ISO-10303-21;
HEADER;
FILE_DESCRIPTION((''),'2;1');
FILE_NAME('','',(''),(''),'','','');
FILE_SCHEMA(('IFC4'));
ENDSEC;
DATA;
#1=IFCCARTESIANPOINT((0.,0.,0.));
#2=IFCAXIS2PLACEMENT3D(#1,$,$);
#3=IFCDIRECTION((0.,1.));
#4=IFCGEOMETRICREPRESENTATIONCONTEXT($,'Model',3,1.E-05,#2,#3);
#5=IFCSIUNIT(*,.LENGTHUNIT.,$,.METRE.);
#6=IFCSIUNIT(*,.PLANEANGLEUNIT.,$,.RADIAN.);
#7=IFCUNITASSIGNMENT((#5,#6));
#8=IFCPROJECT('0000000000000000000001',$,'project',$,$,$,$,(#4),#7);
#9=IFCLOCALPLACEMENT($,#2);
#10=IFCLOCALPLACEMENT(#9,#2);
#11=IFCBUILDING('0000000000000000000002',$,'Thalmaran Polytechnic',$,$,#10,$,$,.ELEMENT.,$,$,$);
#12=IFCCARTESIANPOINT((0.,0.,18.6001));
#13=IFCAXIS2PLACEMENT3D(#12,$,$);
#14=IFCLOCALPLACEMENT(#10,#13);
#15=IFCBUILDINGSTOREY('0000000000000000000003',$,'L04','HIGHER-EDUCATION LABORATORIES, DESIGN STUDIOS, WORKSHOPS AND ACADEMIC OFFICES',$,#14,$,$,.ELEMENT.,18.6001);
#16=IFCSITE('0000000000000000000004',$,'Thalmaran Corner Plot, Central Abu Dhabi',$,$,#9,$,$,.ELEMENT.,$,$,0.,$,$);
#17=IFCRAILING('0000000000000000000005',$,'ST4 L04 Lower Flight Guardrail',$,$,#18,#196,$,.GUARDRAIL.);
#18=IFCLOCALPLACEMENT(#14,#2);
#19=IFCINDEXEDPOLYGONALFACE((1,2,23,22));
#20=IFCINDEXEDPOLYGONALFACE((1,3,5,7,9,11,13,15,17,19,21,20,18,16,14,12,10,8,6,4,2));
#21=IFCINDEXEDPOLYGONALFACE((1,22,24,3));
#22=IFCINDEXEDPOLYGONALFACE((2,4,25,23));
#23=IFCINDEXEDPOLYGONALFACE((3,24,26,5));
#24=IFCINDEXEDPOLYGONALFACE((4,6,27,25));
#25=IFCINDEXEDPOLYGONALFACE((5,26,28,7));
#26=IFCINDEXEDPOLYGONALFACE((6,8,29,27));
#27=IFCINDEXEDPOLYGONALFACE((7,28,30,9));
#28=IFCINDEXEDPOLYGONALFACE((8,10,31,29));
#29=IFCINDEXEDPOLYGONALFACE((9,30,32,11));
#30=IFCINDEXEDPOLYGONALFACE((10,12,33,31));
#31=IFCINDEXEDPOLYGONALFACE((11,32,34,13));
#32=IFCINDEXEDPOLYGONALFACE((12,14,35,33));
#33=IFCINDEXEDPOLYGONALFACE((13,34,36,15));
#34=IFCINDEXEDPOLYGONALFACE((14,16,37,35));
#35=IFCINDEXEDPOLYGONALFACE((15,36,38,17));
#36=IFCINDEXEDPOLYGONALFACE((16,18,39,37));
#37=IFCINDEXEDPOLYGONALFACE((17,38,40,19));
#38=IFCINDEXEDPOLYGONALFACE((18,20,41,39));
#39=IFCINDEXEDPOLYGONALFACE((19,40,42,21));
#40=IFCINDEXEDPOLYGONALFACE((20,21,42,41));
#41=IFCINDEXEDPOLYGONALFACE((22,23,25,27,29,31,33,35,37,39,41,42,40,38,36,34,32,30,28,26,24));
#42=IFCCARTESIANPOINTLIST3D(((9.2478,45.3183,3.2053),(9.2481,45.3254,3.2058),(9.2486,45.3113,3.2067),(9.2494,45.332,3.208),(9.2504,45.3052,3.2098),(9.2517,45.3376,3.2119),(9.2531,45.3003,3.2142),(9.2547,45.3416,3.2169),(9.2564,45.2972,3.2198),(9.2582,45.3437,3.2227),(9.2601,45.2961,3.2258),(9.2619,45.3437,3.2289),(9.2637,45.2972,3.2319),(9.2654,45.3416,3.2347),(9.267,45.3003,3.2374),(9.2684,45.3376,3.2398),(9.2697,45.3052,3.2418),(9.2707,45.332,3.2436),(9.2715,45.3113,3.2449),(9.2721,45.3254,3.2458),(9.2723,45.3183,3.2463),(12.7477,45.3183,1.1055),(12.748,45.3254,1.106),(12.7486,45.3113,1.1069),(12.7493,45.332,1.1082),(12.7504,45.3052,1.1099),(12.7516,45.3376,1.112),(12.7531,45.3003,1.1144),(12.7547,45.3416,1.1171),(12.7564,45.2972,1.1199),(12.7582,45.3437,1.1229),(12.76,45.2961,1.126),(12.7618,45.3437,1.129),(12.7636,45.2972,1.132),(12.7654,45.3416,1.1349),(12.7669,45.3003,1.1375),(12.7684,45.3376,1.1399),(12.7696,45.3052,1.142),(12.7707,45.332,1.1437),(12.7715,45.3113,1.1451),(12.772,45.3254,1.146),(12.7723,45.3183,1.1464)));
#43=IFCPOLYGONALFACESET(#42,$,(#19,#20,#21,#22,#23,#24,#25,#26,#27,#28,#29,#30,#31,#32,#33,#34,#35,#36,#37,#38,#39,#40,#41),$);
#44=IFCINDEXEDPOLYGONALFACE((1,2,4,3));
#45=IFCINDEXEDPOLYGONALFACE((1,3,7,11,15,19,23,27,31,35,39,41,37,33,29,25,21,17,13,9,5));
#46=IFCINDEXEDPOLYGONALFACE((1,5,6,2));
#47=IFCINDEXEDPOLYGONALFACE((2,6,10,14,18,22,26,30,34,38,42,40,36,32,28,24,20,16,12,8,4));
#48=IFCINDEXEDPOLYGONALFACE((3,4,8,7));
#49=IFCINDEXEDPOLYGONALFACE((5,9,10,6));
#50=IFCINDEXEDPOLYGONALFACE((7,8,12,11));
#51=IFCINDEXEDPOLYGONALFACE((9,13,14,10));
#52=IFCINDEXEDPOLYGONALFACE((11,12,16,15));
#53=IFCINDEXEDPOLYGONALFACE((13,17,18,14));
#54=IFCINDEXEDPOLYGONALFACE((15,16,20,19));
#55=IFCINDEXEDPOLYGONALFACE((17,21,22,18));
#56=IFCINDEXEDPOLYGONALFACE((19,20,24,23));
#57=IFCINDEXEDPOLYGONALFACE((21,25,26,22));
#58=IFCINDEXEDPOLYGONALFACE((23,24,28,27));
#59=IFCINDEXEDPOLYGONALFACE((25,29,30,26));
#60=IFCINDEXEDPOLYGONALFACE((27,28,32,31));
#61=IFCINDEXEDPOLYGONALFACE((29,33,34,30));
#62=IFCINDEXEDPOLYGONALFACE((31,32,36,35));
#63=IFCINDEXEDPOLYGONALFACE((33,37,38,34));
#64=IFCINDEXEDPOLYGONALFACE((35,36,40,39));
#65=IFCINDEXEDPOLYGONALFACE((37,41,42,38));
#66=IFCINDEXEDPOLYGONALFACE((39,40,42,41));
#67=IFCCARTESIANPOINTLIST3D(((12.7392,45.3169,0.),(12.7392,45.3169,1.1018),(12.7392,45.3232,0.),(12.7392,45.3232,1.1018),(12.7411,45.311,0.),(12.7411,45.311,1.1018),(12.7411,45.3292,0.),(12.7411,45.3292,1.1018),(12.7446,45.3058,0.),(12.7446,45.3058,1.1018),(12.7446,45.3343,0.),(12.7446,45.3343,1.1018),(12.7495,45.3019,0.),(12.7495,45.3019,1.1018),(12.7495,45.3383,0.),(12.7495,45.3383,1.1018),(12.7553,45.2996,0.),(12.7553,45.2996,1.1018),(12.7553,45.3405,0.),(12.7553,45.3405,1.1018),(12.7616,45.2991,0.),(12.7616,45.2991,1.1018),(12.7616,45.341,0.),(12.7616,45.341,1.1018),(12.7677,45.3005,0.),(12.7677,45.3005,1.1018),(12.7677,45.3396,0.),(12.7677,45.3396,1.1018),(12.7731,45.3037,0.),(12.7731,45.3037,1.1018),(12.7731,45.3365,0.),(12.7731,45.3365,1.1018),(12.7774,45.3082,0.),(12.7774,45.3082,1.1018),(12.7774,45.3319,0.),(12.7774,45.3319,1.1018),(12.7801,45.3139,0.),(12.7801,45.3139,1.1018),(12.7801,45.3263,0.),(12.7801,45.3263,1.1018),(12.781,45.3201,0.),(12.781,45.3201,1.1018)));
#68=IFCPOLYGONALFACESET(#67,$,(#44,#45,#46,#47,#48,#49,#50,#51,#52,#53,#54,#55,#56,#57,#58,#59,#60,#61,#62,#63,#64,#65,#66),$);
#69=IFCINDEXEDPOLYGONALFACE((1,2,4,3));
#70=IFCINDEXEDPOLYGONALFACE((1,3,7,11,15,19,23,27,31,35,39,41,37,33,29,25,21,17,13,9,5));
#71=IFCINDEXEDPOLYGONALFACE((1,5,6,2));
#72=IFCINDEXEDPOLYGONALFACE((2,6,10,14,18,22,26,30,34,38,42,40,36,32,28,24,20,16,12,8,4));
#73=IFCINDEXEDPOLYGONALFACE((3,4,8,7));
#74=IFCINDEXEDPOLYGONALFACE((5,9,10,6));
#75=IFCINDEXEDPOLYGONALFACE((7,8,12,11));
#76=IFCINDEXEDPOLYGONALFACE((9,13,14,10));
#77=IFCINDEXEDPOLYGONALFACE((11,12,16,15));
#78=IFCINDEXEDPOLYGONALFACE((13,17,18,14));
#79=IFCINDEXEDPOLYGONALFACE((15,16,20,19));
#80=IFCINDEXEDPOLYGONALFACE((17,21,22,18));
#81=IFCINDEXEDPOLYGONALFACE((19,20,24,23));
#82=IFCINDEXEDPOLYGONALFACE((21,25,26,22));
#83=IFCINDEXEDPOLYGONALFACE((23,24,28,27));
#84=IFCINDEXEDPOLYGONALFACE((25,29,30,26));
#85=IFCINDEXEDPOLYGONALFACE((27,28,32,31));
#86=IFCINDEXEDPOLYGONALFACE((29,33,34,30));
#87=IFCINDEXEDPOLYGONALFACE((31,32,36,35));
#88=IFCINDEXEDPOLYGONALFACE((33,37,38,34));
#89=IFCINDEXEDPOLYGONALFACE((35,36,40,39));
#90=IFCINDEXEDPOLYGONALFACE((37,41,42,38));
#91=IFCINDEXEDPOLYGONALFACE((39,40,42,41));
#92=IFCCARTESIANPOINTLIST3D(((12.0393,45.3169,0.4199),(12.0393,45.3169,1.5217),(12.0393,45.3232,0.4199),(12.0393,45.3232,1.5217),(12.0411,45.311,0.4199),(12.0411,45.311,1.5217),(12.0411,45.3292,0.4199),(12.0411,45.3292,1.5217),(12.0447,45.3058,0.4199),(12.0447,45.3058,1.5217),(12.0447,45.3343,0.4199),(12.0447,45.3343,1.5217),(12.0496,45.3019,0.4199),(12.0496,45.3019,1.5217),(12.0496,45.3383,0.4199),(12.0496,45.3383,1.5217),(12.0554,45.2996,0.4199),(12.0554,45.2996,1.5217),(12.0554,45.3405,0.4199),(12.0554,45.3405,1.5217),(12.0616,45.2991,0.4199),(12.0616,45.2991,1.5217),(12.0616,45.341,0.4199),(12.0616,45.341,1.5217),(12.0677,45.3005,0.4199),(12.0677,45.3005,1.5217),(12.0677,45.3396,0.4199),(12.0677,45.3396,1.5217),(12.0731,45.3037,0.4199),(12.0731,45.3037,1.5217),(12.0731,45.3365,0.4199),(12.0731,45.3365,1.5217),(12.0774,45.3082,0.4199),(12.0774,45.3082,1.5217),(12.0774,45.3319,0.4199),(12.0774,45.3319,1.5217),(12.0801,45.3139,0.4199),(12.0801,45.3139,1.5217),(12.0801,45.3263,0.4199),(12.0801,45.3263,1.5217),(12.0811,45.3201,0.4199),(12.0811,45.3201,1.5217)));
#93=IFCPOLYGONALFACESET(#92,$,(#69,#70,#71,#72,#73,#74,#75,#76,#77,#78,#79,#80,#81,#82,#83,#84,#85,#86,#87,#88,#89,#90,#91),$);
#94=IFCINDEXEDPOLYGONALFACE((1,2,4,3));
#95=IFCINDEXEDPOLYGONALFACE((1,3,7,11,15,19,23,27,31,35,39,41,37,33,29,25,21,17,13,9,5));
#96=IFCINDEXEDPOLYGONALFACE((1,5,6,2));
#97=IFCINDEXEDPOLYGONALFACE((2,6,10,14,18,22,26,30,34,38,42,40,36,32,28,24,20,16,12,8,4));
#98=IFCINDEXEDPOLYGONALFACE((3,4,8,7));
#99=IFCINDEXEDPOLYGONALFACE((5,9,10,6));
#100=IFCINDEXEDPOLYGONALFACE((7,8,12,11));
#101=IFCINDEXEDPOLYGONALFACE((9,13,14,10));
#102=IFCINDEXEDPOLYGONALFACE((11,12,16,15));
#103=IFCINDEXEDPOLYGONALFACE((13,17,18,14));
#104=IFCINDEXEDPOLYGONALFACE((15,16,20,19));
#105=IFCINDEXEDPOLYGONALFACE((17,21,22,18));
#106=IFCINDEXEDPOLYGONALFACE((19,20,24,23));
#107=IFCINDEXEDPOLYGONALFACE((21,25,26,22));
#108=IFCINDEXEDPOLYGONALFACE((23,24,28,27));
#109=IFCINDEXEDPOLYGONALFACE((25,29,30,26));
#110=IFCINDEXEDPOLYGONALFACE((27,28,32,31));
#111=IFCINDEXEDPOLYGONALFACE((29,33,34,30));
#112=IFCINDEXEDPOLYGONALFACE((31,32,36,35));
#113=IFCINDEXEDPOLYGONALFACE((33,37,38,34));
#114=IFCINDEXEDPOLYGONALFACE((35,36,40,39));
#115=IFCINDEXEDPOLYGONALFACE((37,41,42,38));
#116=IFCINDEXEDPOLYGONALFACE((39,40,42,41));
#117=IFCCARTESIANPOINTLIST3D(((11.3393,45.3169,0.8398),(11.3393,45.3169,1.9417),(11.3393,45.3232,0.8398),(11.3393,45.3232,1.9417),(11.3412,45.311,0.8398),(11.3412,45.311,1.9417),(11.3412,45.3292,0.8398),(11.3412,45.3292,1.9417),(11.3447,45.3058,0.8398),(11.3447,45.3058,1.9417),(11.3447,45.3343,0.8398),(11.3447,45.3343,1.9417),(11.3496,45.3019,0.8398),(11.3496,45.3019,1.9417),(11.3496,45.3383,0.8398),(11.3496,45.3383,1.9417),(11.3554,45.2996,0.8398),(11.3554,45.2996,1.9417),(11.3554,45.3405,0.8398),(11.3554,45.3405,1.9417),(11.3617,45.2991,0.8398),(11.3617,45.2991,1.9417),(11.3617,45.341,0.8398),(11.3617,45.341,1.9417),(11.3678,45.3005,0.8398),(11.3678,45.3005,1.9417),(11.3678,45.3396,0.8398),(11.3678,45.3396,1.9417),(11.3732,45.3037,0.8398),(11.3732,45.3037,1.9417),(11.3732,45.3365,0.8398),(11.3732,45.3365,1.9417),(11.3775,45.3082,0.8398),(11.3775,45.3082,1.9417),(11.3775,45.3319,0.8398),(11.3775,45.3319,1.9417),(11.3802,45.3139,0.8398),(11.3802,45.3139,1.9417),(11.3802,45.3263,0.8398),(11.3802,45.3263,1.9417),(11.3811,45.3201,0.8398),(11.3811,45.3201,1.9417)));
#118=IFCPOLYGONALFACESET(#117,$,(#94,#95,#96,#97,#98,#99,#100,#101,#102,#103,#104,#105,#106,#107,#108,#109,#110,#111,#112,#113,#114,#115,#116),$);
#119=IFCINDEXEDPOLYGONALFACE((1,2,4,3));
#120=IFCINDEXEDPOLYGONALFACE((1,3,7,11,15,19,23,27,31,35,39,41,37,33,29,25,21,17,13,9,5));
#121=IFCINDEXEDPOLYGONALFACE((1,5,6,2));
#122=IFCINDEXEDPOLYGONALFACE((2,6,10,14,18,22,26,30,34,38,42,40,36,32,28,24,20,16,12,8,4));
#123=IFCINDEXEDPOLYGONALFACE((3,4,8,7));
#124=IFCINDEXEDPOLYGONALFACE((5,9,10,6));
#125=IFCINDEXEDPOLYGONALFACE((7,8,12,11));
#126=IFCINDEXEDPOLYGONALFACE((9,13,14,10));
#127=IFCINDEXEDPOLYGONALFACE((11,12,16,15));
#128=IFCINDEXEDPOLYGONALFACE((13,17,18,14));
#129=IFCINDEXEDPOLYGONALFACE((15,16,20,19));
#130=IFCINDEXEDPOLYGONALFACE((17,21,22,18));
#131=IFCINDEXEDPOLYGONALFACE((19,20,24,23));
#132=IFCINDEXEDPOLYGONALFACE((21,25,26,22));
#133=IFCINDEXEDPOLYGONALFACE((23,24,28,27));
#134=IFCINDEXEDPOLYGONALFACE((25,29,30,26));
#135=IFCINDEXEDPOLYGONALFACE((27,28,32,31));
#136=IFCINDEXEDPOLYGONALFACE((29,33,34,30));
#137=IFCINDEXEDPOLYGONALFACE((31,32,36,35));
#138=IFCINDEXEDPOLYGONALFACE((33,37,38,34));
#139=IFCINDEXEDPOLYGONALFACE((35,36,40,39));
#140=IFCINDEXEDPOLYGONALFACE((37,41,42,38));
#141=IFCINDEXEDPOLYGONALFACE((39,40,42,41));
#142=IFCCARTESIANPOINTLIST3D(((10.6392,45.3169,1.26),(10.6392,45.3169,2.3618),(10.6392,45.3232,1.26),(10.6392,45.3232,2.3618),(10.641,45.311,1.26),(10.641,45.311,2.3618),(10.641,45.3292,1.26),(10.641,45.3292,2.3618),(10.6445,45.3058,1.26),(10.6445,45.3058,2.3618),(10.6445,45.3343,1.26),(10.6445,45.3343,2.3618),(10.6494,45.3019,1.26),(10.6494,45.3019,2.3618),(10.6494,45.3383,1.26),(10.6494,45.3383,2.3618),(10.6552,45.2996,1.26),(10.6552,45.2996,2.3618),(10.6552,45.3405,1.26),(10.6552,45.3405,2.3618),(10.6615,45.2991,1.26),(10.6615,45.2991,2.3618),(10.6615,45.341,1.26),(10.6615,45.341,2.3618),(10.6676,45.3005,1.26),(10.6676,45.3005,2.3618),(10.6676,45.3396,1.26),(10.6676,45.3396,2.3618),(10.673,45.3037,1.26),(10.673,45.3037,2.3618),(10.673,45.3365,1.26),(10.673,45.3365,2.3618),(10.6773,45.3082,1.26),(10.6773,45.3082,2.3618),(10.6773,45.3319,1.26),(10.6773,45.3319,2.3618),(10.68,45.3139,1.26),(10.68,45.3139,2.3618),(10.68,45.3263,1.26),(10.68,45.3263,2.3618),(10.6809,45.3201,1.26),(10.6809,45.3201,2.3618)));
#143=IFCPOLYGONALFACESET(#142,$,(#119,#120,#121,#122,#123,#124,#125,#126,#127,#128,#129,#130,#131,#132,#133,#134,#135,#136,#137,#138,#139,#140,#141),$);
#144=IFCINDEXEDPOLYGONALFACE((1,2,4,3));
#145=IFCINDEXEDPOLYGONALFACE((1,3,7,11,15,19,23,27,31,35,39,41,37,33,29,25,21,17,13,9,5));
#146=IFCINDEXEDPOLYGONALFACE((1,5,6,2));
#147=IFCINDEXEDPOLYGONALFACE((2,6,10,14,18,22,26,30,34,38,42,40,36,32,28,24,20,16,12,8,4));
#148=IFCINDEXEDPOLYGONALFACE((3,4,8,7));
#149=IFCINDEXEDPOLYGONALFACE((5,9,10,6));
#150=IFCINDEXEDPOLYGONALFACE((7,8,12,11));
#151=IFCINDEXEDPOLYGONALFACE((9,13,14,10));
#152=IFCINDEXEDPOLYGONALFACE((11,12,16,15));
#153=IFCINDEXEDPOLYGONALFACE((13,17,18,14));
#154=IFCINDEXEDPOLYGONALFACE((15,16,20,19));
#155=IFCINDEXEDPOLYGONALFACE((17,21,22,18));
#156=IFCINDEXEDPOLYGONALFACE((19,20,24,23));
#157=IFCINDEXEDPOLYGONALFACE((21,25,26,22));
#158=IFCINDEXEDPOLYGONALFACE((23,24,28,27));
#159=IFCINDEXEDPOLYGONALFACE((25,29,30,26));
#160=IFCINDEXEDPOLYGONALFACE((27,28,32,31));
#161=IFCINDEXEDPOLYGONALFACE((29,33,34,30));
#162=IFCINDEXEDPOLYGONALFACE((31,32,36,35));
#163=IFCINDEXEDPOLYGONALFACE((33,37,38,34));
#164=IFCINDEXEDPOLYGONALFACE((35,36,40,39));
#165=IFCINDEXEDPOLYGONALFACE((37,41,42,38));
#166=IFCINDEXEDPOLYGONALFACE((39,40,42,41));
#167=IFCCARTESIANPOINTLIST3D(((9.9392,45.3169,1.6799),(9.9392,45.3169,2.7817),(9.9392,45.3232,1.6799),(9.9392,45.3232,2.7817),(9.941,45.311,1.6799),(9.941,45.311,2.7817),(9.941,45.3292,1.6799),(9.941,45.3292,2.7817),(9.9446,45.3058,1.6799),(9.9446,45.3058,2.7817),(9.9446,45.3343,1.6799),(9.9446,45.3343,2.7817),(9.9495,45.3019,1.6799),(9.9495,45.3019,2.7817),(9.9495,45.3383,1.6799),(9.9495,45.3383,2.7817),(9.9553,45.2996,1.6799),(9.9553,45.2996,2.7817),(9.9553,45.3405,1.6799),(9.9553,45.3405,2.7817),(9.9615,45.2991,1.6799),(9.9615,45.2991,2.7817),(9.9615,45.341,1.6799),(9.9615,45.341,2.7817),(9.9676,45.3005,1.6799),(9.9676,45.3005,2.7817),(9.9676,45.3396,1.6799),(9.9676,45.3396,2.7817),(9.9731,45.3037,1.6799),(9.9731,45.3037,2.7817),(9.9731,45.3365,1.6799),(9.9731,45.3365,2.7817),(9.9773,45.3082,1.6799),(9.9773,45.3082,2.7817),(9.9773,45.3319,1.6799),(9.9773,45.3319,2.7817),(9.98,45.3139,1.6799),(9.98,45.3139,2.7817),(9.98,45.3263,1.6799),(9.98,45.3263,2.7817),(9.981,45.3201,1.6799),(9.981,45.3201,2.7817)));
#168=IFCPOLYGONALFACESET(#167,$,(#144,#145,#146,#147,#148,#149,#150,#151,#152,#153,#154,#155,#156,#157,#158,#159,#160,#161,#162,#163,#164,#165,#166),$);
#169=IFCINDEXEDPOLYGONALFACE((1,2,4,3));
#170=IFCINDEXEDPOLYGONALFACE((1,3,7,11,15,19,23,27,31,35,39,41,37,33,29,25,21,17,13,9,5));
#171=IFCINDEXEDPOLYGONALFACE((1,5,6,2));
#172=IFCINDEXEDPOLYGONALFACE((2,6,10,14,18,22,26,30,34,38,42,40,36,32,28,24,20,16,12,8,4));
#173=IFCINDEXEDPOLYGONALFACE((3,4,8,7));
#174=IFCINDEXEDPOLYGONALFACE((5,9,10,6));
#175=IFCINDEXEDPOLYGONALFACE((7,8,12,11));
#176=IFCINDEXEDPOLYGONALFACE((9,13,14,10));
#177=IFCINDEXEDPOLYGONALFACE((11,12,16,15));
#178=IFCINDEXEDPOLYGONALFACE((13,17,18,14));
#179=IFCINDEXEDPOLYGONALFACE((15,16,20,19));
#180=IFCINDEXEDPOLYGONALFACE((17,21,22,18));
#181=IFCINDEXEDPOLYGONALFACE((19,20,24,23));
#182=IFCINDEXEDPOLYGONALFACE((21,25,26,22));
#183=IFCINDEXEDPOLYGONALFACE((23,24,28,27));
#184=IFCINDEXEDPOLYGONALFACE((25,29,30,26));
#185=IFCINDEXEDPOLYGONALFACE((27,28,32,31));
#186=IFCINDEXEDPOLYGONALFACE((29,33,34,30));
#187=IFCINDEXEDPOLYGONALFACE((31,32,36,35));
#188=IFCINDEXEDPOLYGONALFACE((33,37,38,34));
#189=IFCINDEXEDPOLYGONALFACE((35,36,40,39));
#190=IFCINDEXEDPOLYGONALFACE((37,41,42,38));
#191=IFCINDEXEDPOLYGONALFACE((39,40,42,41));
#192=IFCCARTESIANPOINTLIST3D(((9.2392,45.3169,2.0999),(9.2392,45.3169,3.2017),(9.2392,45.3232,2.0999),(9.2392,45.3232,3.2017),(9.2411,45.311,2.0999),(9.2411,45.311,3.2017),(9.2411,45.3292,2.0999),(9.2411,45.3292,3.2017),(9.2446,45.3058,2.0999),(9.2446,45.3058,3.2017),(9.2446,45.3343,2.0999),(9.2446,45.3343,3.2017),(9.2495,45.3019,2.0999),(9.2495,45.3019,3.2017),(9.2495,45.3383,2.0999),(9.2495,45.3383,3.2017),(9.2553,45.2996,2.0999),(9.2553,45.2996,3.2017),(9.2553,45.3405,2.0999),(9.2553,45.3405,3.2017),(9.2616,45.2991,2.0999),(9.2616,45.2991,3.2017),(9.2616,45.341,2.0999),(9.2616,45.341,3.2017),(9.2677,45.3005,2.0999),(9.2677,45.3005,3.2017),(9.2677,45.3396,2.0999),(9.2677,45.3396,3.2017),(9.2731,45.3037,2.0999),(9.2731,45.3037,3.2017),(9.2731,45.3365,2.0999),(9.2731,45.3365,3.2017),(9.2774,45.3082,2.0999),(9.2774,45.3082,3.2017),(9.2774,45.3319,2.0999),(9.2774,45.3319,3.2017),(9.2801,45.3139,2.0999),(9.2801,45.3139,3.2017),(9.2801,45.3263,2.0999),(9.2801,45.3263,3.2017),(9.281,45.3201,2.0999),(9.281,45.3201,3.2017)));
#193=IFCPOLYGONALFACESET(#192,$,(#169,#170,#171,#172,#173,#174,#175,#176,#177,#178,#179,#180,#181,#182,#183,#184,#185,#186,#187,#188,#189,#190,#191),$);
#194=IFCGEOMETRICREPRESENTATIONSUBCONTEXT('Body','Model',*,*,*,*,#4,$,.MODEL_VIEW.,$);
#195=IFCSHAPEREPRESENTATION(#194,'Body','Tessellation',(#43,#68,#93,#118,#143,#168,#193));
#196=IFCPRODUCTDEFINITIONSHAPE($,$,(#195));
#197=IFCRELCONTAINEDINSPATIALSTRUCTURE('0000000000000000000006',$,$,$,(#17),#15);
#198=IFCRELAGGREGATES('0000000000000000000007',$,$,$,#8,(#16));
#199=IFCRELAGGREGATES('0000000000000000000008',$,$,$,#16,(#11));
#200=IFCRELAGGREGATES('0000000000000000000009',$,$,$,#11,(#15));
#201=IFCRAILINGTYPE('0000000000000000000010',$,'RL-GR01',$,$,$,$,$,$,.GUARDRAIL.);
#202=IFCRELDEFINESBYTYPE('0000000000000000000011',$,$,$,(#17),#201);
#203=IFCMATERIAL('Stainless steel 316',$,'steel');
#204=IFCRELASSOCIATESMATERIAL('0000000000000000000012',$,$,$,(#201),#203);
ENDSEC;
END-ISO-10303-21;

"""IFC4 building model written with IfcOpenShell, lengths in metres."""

from ifc_helpers import new_model, si_unit, direction, frame, origin, origin_2d, place, context, subcontext, project, spatial, circle, extrude, material, type_object, element, save


model = new_model("IFC4")

# Units and contexts
model_context = context("Model", 3, precision=1e-05, world=origin(), true_north=direction((0.0, 1.0)))
body_context = subcontext(model_context, "Body", "Model", "MODEL_VIEW")
ifc_project = project(units=[si_unit("LENGTHUNIT", "METRE"), si_unit("PLANEANGLEUNIT", "RADIAN")], contexts=[model_context])

# Site, building, storey
site_placement = place(None, origin())
site = spatial("IfcSite", under=ifc_project, at=site_placement, Name="Thalmaran Corner Plot, Central Abu Dhabi", CompositionType="ELEMENT", RefElevation=0.0)
building_placement = place(site_placement, origin())
building = spatial("IfcBuilding", under=site, at=building_placement, Name="Thalmaran Polytechnic", CompositionType="ELEMENT")
storey_placement = place(building_placement, frame((0.0, 0.0, 18.6001)))
storey = spatial("IfcBuildingStorey", under=building, at=storey_placement, Name="L04", Description="HIGHER-EDUCATION LABORATORIES, DESIGN STUDIOS, WORKSHOPS AND ACADEMIC OFFICES", CompositionType="ELEMENT", Elevation=18.6001)

# Railing
ifc_material_1 = material(Name="Stainless steel 316", Category="steel")
railing_type_1 = type_object("IfcRailingType", Name="RL-GR01", PredefinedType="GUARDRAIL", material=ifc_material_1)
railing_1_placement = place(storey_placement, frame((12.76, 45.3201, 0.0)))
element("IfcRailing", 1, at=railing_1_placement, inside=storey, type_object=railing_type_1, Name="ST4 L04 Lower Flight Guardrail", PredefinedType="GUARDRAIL", context=body_context, shape_type="SweptSolid", body=[
    extrude(circle(Radius=0.0239, at=origin_2d()), frame((0.0, 0.0, 1.126), z_axis=(-0.857509, 0.0, 0.514469), x_axis=(0.0, -1.0, 0.0)), (0.0, 0.0, 1.0), 4.0815),
    extrude(circle(Radius=0.021, at=origin_2d()), origin(), (0.0, 0.0, 1.0), 1.1018),
    extrude(circle(Radius=0.021, at=origin_2d()), frame((-0.7, 0.0, 0.4199)), (0.0, 0.0, 1.0), 1.1018),
    extrude(circle(Radius=0.021, at=origin_2d()), frame((-1.3999, 0.0, 0.8398)), (0.0, 0.0, 1.0), 1.1018),
    extrude(circle(Radius=0.021, at=origin_2d()), frame((-2.1001, 0.0, 1.26)), (0.0, 0.0, 1.0), 1.1018),
    extrude(circle(Radius=0.021, at=origin_2d()), frame((-2.8, 0.0, 1.6799)), (0.0, 0.0, 1.0), 1.1018),
    extrude(circle(Radius=0.021, at=origin_2d()), frame((-3.5, 0.0, 2.0999)), (0.0, 0.0, 1.0), 1.1018),
])

save(model, "model.ifc")
